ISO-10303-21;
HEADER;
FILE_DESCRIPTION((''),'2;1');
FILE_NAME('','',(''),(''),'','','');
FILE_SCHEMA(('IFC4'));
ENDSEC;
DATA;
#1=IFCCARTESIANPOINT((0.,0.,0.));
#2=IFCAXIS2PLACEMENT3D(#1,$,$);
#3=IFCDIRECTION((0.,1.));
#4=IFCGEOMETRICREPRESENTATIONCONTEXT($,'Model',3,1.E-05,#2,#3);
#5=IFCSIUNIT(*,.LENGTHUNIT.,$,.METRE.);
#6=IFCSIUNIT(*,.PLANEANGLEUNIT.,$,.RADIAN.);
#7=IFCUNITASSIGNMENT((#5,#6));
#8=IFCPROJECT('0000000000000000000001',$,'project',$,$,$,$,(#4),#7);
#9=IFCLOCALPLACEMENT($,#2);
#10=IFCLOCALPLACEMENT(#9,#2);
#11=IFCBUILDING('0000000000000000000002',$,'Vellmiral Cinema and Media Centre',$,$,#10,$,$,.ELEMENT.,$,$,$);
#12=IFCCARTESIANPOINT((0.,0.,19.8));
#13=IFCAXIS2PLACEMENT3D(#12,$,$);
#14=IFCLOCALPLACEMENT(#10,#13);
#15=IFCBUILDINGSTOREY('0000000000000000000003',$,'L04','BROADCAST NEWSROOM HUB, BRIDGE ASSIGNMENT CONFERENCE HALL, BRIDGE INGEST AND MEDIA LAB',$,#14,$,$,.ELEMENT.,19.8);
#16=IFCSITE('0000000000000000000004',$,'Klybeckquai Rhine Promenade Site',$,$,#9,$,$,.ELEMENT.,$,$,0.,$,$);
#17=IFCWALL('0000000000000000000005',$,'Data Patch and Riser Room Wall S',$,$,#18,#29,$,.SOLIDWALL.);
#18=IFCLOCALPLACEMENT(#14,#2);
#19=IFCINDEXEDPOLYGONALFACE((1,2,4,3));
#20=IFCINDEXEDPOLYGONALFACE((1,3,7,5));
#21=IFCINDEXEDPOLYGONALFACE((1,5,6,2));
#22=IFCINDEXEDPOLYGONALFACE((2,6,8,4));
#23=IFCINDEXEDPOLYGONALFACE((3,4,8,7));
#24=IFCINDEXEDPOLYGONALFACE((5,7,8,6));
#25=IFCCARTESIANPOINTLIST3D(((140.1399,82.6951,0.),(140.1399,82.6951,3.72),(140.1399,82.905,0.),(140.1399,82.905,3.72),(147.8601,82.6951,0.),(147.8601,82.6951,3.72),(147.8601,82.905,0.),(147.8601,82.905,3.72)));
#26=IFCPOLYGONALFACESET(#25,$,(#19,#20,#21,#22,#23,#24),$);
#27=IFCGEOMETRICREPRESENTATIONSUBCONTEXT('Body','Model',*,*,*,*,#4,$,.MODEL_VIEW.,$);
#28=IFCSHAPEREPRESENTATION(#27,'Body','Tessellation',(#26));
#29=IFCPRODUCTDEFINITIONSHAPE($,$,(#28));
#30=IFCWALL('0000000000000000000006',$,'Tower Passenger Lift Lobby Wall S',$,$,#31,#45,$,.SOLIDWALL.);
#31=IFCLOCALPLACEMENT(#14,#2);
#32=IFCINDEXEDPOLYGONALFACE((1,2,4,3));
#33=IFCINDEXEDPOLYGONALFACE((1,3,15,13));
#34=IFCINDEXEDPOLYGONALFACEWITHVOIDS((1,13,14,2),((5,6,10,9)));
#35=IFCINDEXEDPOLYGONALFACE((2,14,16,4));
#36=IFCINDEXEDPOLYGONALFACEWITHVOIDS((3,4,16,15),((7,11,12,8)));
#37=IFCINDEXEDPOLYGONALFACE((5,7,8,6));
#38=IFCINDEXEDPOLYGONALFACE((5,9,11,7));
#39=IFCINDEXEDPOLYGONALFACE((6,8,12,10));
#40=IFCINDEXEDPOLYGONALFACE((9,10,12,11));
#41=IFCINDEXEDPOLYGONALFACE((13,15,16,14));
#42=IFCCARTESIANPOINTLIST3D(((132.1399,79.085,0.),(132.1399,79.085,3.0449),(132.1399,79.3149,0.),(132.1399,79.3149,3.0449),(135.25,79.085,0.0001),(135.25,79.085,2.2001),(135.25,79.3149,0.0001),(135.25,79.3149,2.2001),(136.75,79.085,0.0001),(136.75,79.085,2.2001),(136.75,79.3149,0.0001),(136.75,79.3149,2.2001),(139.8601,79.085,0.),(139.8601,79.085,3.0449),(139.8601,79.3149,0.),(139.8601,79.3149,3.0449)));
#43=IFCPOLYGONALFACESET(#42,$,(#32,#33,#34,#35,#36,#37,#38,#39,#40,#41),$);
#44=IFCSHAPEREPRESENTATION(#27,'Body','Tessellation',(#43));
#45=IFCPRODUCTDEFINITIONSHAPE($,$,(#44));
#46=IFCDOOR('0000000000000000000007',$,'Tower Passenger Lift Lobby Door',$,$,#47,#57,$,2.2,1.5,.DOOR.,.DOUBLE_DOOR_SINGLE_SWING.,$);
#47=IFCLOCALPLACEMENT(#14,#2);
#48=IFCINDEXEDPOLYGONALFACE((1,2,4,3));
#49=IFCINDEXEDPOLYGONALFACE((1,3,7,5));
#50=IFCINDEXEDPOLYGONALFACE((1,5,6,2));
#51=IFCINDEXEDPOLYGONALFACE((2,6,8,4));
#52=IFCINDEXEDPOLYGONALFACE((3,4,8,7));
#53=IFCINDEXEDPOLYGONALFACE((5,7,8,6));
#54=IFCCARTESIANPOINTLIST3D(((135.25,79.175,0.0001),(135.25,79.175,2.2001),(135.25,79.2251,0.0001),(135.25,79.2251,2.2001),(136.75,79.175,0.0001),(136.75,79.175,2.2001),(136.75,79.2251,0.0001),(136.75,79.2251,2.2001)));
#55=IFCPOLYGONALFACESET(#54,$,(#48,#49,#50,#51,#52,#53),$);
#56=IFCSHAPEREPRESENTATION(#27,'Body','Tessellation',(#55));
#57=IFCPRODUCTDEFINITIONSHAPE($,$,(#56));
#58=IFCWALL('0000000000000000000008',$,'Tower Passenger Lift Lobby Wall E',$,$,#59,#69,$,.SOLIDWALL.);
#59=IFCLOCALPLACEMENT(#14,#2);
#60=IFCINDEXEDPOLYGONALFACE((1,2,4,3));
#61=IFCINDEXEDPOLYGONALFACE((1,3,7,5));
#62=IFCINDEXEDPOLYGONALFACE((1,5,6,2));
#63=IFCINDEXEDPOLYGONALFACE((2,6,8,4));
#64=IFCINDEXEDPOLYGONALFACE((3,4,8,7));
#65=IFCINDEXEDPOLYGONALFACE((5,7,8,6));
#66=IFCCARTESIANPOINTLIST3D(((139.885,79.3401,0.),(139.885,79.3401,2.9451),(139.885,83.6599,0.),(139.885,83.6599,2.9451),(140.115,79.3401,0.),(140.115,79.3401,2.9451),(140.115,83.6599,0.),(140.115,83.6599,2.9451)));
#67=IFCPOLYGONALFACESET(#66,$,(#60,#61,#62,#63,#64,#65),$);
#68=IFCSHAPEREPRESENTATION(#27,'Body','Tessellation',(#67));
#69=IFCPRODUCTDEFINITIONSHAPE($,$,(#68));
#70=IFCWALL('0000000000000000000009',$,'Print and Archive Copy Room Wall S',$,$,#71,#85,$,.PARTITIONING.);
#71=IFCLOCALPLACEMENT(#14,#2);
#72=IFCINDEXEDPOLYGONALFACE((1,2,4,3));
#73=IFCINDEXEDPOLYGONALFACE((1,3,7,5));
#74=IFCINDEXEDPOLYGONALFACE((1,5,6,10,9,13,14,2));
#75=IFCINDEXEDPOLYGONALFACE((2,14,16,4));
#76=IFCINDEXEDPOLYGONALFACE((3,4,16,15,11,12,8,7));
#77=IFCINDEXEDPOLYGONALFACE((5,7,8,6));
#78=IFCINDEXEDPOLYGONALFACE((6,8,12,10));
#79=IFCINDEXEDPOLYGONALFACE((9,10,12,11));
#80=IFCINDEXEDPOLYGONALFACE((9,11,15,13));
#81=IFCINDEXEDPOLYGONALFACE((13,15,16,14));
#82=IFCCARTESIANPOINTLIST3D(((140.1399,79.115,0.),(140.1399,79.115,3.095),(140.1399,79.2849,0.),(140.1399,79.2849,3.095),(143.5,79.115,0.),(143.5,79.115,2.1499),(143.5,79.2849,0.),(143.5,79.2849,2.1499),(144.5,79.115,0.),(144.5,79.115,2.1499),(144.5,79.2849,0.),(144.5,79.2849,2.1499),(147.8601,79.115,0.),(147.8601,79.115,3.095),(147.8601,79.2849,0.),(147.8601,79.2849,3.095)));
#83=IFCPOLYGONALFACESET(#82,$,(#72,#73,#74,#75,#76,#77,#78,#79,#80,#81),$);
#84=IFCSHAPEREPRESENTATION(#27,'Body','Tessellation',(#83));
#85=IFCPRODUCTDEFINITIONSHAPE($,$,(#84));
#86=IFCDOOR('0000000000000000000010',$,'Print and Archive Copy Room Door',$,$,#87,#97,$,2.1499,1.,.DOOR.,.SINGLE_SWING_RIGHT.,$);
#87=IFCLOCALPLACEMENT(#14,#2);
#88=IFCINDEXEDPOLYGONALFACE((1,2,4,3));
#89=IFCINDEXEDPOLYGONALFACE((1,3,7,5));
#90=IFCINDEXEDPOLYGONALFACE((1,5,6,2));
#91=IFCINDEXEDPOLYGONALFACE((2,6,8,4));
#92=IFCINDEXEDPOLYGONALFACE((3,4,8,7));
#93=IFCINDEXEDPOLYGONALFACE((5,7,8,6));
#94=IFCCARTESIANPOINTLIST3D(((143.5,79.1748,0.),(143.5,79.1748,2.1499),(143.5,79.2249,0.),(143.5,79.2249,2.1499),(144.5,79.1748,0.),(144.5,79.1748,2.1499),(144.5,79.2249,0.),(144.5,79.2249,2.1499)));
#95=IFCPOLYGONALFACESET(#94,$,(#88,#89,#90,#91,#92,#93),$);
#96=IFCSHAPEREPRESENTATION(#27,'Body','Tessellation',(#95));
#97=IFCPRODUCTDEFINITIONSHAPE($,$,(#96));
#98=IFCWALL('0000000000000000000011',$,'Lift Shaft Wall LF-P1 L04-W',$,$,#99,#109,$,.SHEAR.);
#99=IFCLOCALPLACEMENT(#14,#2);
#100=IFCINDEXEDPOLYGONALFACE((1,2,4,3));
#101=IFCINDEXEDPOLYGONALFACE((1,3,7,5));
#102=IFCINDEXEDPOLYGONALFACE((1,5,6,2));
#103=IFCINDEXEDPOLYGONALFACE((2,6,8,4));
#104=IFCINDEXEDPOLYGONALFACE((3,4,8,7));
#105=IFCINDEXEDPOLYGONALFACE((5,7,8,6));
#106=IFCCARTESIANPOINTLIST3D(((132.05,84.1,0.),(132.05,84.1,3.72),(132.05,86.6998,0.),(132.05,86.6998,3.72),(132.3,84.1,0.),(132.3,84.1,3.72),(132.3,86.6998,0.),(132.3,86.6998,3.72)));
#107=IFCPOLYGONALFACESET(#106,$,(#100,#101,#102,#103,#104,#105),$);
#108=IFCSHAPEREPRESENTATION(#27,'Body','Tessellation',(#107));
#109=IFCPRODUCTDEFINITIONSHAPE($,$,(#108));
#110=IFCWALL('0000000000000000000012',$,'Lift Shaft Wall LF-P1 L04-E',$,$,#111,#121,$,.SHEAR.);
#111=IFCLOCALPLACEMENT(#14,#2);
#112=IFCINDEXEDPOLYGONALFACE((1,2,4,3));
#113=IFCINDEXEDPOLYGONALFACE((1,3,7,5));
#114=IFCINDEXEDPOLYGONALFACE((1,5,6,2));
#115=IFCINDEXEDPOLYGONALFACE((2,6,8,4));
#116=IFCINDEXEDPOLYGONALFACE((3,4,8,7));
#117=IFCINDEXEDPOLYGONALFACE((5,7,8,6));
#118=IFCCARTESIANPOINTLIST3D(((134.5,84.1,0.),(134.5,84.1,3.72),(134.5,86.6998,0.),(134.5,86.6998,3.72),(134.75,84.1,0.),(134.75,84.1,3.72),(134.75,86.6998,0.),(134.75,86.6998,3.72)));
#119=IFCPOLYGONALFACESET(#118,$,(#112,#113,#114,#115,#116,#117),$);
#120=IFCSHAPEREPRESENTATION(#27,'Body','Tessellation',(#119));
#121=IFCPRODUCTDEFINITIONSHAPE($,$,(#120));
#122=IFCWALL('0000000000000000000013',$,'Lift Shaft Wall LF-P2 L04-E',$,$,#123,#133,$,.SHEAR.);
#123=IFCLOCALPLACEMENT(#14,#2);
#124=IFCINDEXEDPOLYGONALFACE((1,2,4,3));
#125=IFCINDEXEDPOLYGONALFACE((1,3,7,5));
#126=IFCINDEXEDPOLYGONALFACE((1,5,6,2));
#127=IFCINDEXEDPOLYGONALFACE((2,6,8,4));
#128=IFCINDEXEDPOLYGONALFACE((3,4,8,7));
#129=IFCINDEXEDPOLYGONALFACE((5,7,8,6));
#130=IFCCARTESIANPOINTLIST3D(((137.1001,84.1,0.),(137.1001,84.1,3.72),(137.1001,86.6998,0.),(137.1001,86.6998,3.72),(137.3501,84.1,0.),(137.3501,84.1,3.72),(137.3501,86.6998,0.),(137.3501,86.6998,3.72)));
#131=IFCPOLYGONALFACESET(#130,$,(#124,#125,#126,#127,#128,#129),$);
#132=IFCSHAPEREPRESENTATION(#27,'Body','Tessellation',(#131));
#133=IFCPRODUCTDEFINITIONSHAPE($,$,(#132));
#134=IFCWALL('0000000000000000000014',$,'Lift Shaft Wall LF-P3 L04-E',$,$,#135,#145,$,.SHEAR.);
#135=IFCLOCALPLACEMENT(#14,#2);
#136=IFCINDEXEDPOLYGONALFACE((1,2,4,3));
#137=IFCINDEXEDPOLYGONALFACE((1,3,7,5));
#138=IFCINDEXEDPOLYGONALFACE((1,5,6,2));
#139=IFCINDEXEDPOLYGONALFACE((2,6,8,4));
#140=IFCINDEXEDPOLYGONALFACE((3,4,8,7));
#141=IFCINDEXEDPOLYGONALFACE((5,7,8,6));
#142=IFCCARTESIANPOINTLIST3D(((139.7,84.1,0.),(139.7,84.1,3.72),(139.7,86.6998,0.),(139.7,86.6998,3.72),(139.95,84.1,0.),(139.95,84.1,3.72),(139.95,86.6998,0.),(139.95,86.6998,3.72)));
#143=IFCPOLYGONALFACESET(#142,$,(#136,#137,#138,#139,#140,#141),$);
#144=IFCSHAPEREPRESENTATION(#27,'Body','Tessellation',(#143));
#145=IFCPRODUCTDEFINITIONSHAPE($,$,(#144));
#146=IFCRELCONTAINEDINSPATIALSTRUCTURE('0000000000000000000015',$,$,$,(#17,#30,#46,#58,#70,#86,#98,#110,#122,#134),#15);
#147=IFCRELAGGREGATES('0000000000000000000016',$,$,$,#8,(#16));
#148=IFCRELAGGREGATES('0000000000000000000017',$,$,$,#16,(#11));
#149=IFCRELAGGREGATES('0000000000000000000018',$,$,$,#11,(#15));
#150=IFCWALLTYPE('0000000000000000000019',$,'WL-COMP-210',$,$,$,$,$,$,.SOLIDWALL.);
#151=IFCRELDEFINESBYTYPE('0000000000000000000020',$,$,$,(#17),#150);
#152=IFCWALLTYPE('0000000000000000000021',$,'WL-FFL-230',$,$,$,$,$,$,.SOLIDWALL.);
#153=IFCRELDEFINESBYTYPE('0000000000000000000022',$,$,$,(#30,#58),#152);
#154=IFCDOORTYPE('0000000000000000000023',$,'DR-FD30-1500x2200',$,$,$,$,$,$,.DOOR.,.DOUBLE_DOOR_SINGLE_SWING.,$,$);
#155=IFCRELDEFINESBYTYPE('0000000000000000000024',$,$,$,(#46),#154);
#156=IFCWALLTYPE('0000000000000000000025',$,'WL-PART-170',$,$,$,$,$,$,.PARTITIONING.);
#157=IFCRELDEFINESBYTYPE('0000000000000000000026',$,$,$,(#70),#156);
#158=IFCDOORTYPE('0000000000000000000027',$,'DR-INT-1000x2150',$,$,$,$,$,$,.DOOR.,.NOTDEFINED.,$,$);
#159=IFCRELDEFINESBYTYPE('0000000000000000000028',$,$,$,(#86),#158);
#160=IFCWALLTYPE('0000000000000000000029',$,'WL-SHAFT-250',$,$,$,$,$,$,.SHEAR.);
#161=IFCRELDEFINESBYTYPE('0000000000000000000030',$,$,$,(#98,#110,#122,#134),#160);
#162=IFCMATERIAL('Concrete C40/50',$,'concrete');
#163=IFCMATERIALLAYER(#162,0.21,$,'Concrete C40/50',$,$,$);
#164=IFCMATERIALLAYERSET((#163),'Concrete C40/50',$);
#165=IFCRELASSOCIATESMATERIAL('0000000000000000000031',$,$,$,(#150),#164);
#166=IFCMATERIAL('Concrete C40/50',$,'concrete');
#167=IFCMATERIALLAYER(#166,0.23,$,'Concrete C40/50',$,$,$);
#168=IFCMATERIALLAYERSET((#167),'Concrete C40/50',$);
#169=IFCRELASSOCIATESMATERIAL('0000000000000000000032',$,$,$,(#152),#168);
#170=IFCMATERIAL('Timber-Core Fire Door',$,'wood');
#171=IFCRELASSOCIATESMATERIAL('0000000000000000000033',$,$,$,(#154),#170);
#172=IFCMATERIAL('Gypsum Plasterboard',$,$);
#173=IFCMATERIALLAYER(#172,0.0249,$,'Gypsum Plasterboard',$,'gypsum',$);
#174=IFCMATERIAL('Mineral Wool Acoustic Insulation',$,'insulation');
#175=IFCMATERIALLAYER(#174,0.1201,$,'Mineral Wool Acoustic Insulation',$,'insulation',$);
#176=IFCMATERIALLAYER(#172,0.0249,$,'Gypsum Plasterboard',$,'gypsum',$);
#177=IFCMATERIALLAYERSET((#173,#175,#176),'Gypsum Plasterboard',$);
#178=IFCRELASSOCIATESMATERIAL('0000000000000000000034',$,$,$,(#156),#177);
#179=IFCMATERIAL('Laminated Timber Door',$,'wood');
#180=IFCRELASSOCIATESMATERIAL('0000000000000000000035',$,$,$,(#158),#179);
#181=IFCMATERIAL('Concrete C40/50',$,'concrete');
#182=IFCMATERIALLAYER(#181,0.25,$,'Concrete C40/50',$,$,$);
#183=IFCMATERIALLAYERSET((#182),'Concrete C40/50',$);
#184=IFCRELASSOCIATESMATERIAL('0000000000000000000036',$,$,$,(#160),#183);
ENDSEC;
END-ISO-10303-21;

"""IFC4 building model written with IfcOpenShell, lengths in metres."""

from ifc_helpers import new_model, si_unit, direction, frame, frame_2d, origin, place, context, subcontext, project, spatial, rectangle, extrude, material, layer, layer_set, type_object, element, fill, save


model = new_model("IFC4")

# Units and contexts
model_context = context("Model", 3, precision=1e-05, world=origin(), true_north=direction((0.0, 1.0)))
body_context = subcontext(model_context, "Body", "Model", "MODEL_VIEW")
ifc_project = project(units=[si_unit("LENGTHUNIT", "METRE"), si_unit("PLANEANGLEUNIT", "RADIAN")], contexts=[model_context])

# Site, building, storey
site_placement = place(None, origin())
site = spatial("IfcSite", under=ifc_project, at=site_placement, Name="Klybeckquai Rhine Promenade Site", CompositionType="ELEMENT", RefElevation=0.0)
building_placement = place(site_placement, origin())
building = spatial("IfcBuilding", under=site, at=building_placement, Name="Vellmiral Cinema and Media Centre", CompositionType="ELEMENT")
storey_placement = place(building_placement, frame((0.0, 0.0, 19.8)))
storey = spatial("IfcBuildingStorey", under=building, at=storey_placement, Name="L04", Description="BROADCAST NEWSROOM HUB, BRIDGE ASSIGNMENT CONFERENCE HALL, BRIDGE INGEST AND MEDIA LAB", CompositionType="ELEMENT", Elevation=19.8)

# Wall
ifc_material_1 = material(Name="Concrete C40/50", Category="concrete")
ifc_layer_1 = layer(ifc_material_1, 0.21, Name="Concrete C40/50")
ifc_layer_set_1 = layer_set([ifc_layer_1], Name="Concrete C40/50")
wall_type_1 = type_object("IfcWallType", Name="WL-COMP-210", PredefinedType="SOLIDWALL", material=ifc_layer_set_1)
wall_1_placement = place(storey_placement, frame((140.1399, 82.8, 0.0), z_axis=(0.0, 0.0, 1.0), x_axis=(1.0, 0.0, 0.0)))
element("IfcWall", 1, at=wall_1_placement, inside=storey, type_object=wall_type_1, Name="Data Patch and Riser Room Wall S", PredefinedType="SOLIDWALL", context=body_context, shape_type="SweptSolid", body=[
    extrude(rectangle(XDim=7.7202, YDim=0.21, at=frame_2d((3.8601, 0.0))), origin(), (0.0, 0.0, 1.0), 3.72),
])

# Wall, opening, door
ifc_material_2 = material(Name="Concrete C40/50", Category="concrete")
ifc_layer_2 = layer(ifc_material_2, 0.23, Name="Concrete C40/50")
ifc_layer_set_2 = layer_set([ifc_layer_2], Name="Concrete C40/50")
wall_type_2 = type_object("IfcWallType", Name="WL-FFL-230", PredefinedType="SOLIDWALL", material=ifc_layer_set_2)
wall_2_placement = place(storey_placement, frame((132.1399, 79.2, 0.0), z_axis=(0.0, 0.0, 1.0), x_axis=(1.0, 0.0, 0.0)))
wall_2 = element("IfcWall", 2, at=wall_2_placement, inside=storey, type_object=wall_type_2, Name="Tower Passenger Lift Lobby Wall S", PredefinedType="SOLIDWALL", context=body_context, shape_type="SweptSolid", body=[
    extrude(rectangle(XDim=7.7202, YDim=0.23, at=frame_2d((3.8601, 0.0))), origin(), (0.0, 0.0, 1.0), 3.0449),
])
opening_1_placement = place(wall_2_placement, frame((3.1101, 0.0, 0.0)))
opening_1 = element("IfcOpeningElement", 3, at=opening_1_placement, cuts=wall_2, PredefinedType="OPENING", context=body_context, shape_type="SweptSolid", body=[
    extrude(rectangle(XDim=1.5, YDim=2.2, at=frame_2d((0.75, 1.1001))), frame((0.0, 0.127, 0.0), z_axis=(0.0, -1.0, 0.0), x_axis=(1.0, 0.0, 0.0)), (0.0, 0.0, 1.0), 0.2539),
])
ifc_material_3 = material(Name="Timber-Core Fire Door", Category="wood")
door_type_1 = type_object("IfcDoorType", Name="DR-FD30-1500x2200", OperationType="DOUBLE_DOOR_SINGLE_SWING", PredefinedType="DOOR", material=ifc_material_3)
door_1_placement = place(opening_1_placement, frame((1.5, 0.0, 0.0), z_axis=(0.0, 0.0, 1.0), x_axis=(-1.0, 0.0, 0.0)))
door_1 = element("IfcDoor", 4, at=door_1_placement, inside=storey, type_object=door_type_1, Name="Tower Passenger Lift Lobby Door", OperationType="DOUBLE_DOOR_SINGLE_SWING", OverallHeight=2.2, OverallWidth=1.5, PredefinedType="DOOR", context=body_context, shape_type="SweptSolid", body=[
    extrude(rectangle(XDim=1.5, YDim=2.2, at=frame_2d((0.75, 1.1001))), frame((0.0, 0.0249, 0.0), z_axis=(0.0, -1.0, 0.0), x_axis=(1.0, 0.0, 0.0)), (0.0, 0.0, 1.0), 0.05),
])
fill(opening_1, door_1)

# Wall
wall_3_placement = place(storey_placement, frame((140.0, 79.3401, 0.0), z_axis=(0.0, 0.0, 1.0), x_axis=(0.0, 1.0, 0.0)))
element("IfcWall", 5, at=wall_3_placement, inside=storey, type_object=wall_type_2, Name="Tower Passenger Lift Lobby Wall E", PredefinedType="SOLIDWALL", context=body_context, shape_type="SweptSolid", body=[
    extrude(rectangle(XDim=4.3198, YDim=0.23, at=frame_2d((2.1599, 0.0))), origin(), (0.0, 0.0, 1.0), 2.9451),
])

# Wall, opening, door
ifc_material_4 = material(Name="Gypsum Plasterboard")
ifc_layer_3 = layer(ifc_material_4, 0.0249, Name="Gypsum Plasterboard", Category="gypsum")
ifc_material_5 = material(Name="Mineral Wool Acoustic Insulation", Category="insulation")
ifc_layer_4 = layer(ifc_material_5, 0.1201, Name="Mineral Wool Acoustic Insulation", Category="insulation")
ifc_layer_5 = layer(ifc_material_4, 0.0249, Name="Gypsum Plasterboard", Category="gypsum")
ifc_layer_set_3 = layer_set([ifc_layer_3, ifc_layer_4, ifc_layer_5], Name="Gypsum Plasterboard")
wall_type_3 = type_object("IfcWallType", Name="WL-PART-170", PredefinedType="PARTITIONING", material=ifc_layer_set_3)
wall_4_placement = place(storey_placement, frame((140.1399, 79.2, 0.0), z_axis=(0.0, 0.0, 1.0), x_axis=(1.0, 0.0, 0.0)))
wall_4 = element("IfcWall", 6, at=wall_4_placement, inside=storey, type_object=wall_type_3, Name="Print and Archive Copy Room Wall S", PredefinedType="PARTITIONING", context=body_context, shape_type="SweptSolid", body=[
    extrude(rectangle(XDim=7.7202, YDim=0.1699, at=frame_2d((3.8601, 0.0))), origin(), (0.0, 0.0, 1.0), 3.095),
])
opening_2_placement = place(wall_4_placement, frame((3.3601, 0.0, 0.0)))
opening_2 = element("IfcOpeningElement", 7, at=opening_2_placement, cuts=wall_4, PredefinedType="OPENING", context=body_context, shape_type="SweptSolid", body=[
    extrude(rectangle(XDim=1.0, YDim=2.1499, at=frame_2d((0.5, 1.075))), frame((0.0, 0.0969, 0.0), z_axis=(0.0, -1.0, 0.0), x_axis=(1.0, 0.0, 0.0)), (0.0, 0.0, 1.0), 0.1938),
])
ifc_material_6 = material(Name="Laminated Timber Door", Category="wood")
door_type_2 = type_object("IfcDoorType", Name="DR-INT-1000x2150", OperationType="NOTDEFINED", PredefinedType="DOOR", material=ifc_material_6)
door_2_placement = place(opening_2_placement, origin())
door_2 = element("IfcDoor", 8, at=door_2_placement, inside=storey, type_object=door_type_2, Name="Print and Archive Copy Room Door", OperationType="SINGLE_SWING_RIGHT", OverallHeight=2.1499, OverallWidth=1.0, PredefinedType="DOOR", context=body_context, shape_type="SweptSolid", body=[
    extrude(rectangle(XDim=1.0, YDim=2.1499, at=frame_2d((0.5, 1.075))), frame((0.0, 0.0249, 0.0), z_axis=(0.0, -1.0, 0.0), x_axis=(1.0, 0.0, 0.0)), (0.0, 0.0, 1.0), 0.05),
])
fill(opening_2, door_2)

# Walls
ifc_material_7 = material(Name="Concrete C40/50", Category="concrete")
ifc_layer_6 = layer(ifc_material_7, 0.25, Name="Concrete C40/50")
ifc_layer_set_4 = layer_set([ifc_layer_6], Name="Concrete C40/50")
wall_type_4 = type_object("IfcWallType", Name="WL-SHAFT-250", PredefinedType="SHEAR", material=ifc_layer_set_4)
for number, where, z_axis, x_axis, name in (
    (9, (132.175, 84.1001, 0.0), (0.0, 0.0, 1.0), (0.0, 1.0, 0.0), "Lift Shaft Wall LF-P1 L04-W"),
    (10, (134.625, 84.1001, 0.0), (0.0, 0.0, 1.0), (0.0, 1.0, 0.0), "Lift Shaft Wall LF-P1 L04-E"),
):
    element("IfcWall", number, at=place(storey_placement, frame(where, z_axis=z_axis, x_axis=x_axis)), inside=storey, type_object=wall_type_4, Name=name, PredefinedType="SHEAR", context=body_context, shape_type="SweptSolid", body=[
        extrude(rectangle(XDim=2.5999, YDim=0.25, at=frame_2d((1.2998, 0.0))), origin(), (0.0, 0.0, 1.0), 3.72),
    ])

# Wall
wall_5_placement = place(storey_placement, frame((137.2251, 84.1001, 0.0), z_axis=(0.0, 0.0, 1.0), x_axis=(0.0, 1.0, 0.0)))
element("IfcWall", 11, at=wall_5_placement, inside=storey, type_object=wall_type_4, Name="Lift Shaft Wall LF-P2 L04-E", PredefinedType="SHEAR", context=body_context, shape_type="SweptSolid", body=[
    extrude(rectangle(XDim=2.5999, YDim=0.25, at=frame_2d((1.2998, 0.0))), origin(), (0.0, 0.0, 1.0), 3.72),
])

# Wall
wall_6_placement = place(storey_placement, frame((139.825, 84.1001, 0.0), z_axis=(0.0, 0.0, 1.0), x_axis=(0.0, 1.0, 0.0)))
element("IfcWall", 12, at=wall_6_placement, inside=storey, type_object=wall_type_4, Name="Lift Shaft Wall LF-P3 L04-E", PredefinedType="SHEAR", context=body_context, shape_type="SweptSolid", body=[
    extrude(rectangle(XDim=2.5999, YDim=0.25, at=frame_2d((1.2998, 0.0))), origin(), (0.0, 0.0, 1.0), 3.72),
])

save(model, "model.ifc")
